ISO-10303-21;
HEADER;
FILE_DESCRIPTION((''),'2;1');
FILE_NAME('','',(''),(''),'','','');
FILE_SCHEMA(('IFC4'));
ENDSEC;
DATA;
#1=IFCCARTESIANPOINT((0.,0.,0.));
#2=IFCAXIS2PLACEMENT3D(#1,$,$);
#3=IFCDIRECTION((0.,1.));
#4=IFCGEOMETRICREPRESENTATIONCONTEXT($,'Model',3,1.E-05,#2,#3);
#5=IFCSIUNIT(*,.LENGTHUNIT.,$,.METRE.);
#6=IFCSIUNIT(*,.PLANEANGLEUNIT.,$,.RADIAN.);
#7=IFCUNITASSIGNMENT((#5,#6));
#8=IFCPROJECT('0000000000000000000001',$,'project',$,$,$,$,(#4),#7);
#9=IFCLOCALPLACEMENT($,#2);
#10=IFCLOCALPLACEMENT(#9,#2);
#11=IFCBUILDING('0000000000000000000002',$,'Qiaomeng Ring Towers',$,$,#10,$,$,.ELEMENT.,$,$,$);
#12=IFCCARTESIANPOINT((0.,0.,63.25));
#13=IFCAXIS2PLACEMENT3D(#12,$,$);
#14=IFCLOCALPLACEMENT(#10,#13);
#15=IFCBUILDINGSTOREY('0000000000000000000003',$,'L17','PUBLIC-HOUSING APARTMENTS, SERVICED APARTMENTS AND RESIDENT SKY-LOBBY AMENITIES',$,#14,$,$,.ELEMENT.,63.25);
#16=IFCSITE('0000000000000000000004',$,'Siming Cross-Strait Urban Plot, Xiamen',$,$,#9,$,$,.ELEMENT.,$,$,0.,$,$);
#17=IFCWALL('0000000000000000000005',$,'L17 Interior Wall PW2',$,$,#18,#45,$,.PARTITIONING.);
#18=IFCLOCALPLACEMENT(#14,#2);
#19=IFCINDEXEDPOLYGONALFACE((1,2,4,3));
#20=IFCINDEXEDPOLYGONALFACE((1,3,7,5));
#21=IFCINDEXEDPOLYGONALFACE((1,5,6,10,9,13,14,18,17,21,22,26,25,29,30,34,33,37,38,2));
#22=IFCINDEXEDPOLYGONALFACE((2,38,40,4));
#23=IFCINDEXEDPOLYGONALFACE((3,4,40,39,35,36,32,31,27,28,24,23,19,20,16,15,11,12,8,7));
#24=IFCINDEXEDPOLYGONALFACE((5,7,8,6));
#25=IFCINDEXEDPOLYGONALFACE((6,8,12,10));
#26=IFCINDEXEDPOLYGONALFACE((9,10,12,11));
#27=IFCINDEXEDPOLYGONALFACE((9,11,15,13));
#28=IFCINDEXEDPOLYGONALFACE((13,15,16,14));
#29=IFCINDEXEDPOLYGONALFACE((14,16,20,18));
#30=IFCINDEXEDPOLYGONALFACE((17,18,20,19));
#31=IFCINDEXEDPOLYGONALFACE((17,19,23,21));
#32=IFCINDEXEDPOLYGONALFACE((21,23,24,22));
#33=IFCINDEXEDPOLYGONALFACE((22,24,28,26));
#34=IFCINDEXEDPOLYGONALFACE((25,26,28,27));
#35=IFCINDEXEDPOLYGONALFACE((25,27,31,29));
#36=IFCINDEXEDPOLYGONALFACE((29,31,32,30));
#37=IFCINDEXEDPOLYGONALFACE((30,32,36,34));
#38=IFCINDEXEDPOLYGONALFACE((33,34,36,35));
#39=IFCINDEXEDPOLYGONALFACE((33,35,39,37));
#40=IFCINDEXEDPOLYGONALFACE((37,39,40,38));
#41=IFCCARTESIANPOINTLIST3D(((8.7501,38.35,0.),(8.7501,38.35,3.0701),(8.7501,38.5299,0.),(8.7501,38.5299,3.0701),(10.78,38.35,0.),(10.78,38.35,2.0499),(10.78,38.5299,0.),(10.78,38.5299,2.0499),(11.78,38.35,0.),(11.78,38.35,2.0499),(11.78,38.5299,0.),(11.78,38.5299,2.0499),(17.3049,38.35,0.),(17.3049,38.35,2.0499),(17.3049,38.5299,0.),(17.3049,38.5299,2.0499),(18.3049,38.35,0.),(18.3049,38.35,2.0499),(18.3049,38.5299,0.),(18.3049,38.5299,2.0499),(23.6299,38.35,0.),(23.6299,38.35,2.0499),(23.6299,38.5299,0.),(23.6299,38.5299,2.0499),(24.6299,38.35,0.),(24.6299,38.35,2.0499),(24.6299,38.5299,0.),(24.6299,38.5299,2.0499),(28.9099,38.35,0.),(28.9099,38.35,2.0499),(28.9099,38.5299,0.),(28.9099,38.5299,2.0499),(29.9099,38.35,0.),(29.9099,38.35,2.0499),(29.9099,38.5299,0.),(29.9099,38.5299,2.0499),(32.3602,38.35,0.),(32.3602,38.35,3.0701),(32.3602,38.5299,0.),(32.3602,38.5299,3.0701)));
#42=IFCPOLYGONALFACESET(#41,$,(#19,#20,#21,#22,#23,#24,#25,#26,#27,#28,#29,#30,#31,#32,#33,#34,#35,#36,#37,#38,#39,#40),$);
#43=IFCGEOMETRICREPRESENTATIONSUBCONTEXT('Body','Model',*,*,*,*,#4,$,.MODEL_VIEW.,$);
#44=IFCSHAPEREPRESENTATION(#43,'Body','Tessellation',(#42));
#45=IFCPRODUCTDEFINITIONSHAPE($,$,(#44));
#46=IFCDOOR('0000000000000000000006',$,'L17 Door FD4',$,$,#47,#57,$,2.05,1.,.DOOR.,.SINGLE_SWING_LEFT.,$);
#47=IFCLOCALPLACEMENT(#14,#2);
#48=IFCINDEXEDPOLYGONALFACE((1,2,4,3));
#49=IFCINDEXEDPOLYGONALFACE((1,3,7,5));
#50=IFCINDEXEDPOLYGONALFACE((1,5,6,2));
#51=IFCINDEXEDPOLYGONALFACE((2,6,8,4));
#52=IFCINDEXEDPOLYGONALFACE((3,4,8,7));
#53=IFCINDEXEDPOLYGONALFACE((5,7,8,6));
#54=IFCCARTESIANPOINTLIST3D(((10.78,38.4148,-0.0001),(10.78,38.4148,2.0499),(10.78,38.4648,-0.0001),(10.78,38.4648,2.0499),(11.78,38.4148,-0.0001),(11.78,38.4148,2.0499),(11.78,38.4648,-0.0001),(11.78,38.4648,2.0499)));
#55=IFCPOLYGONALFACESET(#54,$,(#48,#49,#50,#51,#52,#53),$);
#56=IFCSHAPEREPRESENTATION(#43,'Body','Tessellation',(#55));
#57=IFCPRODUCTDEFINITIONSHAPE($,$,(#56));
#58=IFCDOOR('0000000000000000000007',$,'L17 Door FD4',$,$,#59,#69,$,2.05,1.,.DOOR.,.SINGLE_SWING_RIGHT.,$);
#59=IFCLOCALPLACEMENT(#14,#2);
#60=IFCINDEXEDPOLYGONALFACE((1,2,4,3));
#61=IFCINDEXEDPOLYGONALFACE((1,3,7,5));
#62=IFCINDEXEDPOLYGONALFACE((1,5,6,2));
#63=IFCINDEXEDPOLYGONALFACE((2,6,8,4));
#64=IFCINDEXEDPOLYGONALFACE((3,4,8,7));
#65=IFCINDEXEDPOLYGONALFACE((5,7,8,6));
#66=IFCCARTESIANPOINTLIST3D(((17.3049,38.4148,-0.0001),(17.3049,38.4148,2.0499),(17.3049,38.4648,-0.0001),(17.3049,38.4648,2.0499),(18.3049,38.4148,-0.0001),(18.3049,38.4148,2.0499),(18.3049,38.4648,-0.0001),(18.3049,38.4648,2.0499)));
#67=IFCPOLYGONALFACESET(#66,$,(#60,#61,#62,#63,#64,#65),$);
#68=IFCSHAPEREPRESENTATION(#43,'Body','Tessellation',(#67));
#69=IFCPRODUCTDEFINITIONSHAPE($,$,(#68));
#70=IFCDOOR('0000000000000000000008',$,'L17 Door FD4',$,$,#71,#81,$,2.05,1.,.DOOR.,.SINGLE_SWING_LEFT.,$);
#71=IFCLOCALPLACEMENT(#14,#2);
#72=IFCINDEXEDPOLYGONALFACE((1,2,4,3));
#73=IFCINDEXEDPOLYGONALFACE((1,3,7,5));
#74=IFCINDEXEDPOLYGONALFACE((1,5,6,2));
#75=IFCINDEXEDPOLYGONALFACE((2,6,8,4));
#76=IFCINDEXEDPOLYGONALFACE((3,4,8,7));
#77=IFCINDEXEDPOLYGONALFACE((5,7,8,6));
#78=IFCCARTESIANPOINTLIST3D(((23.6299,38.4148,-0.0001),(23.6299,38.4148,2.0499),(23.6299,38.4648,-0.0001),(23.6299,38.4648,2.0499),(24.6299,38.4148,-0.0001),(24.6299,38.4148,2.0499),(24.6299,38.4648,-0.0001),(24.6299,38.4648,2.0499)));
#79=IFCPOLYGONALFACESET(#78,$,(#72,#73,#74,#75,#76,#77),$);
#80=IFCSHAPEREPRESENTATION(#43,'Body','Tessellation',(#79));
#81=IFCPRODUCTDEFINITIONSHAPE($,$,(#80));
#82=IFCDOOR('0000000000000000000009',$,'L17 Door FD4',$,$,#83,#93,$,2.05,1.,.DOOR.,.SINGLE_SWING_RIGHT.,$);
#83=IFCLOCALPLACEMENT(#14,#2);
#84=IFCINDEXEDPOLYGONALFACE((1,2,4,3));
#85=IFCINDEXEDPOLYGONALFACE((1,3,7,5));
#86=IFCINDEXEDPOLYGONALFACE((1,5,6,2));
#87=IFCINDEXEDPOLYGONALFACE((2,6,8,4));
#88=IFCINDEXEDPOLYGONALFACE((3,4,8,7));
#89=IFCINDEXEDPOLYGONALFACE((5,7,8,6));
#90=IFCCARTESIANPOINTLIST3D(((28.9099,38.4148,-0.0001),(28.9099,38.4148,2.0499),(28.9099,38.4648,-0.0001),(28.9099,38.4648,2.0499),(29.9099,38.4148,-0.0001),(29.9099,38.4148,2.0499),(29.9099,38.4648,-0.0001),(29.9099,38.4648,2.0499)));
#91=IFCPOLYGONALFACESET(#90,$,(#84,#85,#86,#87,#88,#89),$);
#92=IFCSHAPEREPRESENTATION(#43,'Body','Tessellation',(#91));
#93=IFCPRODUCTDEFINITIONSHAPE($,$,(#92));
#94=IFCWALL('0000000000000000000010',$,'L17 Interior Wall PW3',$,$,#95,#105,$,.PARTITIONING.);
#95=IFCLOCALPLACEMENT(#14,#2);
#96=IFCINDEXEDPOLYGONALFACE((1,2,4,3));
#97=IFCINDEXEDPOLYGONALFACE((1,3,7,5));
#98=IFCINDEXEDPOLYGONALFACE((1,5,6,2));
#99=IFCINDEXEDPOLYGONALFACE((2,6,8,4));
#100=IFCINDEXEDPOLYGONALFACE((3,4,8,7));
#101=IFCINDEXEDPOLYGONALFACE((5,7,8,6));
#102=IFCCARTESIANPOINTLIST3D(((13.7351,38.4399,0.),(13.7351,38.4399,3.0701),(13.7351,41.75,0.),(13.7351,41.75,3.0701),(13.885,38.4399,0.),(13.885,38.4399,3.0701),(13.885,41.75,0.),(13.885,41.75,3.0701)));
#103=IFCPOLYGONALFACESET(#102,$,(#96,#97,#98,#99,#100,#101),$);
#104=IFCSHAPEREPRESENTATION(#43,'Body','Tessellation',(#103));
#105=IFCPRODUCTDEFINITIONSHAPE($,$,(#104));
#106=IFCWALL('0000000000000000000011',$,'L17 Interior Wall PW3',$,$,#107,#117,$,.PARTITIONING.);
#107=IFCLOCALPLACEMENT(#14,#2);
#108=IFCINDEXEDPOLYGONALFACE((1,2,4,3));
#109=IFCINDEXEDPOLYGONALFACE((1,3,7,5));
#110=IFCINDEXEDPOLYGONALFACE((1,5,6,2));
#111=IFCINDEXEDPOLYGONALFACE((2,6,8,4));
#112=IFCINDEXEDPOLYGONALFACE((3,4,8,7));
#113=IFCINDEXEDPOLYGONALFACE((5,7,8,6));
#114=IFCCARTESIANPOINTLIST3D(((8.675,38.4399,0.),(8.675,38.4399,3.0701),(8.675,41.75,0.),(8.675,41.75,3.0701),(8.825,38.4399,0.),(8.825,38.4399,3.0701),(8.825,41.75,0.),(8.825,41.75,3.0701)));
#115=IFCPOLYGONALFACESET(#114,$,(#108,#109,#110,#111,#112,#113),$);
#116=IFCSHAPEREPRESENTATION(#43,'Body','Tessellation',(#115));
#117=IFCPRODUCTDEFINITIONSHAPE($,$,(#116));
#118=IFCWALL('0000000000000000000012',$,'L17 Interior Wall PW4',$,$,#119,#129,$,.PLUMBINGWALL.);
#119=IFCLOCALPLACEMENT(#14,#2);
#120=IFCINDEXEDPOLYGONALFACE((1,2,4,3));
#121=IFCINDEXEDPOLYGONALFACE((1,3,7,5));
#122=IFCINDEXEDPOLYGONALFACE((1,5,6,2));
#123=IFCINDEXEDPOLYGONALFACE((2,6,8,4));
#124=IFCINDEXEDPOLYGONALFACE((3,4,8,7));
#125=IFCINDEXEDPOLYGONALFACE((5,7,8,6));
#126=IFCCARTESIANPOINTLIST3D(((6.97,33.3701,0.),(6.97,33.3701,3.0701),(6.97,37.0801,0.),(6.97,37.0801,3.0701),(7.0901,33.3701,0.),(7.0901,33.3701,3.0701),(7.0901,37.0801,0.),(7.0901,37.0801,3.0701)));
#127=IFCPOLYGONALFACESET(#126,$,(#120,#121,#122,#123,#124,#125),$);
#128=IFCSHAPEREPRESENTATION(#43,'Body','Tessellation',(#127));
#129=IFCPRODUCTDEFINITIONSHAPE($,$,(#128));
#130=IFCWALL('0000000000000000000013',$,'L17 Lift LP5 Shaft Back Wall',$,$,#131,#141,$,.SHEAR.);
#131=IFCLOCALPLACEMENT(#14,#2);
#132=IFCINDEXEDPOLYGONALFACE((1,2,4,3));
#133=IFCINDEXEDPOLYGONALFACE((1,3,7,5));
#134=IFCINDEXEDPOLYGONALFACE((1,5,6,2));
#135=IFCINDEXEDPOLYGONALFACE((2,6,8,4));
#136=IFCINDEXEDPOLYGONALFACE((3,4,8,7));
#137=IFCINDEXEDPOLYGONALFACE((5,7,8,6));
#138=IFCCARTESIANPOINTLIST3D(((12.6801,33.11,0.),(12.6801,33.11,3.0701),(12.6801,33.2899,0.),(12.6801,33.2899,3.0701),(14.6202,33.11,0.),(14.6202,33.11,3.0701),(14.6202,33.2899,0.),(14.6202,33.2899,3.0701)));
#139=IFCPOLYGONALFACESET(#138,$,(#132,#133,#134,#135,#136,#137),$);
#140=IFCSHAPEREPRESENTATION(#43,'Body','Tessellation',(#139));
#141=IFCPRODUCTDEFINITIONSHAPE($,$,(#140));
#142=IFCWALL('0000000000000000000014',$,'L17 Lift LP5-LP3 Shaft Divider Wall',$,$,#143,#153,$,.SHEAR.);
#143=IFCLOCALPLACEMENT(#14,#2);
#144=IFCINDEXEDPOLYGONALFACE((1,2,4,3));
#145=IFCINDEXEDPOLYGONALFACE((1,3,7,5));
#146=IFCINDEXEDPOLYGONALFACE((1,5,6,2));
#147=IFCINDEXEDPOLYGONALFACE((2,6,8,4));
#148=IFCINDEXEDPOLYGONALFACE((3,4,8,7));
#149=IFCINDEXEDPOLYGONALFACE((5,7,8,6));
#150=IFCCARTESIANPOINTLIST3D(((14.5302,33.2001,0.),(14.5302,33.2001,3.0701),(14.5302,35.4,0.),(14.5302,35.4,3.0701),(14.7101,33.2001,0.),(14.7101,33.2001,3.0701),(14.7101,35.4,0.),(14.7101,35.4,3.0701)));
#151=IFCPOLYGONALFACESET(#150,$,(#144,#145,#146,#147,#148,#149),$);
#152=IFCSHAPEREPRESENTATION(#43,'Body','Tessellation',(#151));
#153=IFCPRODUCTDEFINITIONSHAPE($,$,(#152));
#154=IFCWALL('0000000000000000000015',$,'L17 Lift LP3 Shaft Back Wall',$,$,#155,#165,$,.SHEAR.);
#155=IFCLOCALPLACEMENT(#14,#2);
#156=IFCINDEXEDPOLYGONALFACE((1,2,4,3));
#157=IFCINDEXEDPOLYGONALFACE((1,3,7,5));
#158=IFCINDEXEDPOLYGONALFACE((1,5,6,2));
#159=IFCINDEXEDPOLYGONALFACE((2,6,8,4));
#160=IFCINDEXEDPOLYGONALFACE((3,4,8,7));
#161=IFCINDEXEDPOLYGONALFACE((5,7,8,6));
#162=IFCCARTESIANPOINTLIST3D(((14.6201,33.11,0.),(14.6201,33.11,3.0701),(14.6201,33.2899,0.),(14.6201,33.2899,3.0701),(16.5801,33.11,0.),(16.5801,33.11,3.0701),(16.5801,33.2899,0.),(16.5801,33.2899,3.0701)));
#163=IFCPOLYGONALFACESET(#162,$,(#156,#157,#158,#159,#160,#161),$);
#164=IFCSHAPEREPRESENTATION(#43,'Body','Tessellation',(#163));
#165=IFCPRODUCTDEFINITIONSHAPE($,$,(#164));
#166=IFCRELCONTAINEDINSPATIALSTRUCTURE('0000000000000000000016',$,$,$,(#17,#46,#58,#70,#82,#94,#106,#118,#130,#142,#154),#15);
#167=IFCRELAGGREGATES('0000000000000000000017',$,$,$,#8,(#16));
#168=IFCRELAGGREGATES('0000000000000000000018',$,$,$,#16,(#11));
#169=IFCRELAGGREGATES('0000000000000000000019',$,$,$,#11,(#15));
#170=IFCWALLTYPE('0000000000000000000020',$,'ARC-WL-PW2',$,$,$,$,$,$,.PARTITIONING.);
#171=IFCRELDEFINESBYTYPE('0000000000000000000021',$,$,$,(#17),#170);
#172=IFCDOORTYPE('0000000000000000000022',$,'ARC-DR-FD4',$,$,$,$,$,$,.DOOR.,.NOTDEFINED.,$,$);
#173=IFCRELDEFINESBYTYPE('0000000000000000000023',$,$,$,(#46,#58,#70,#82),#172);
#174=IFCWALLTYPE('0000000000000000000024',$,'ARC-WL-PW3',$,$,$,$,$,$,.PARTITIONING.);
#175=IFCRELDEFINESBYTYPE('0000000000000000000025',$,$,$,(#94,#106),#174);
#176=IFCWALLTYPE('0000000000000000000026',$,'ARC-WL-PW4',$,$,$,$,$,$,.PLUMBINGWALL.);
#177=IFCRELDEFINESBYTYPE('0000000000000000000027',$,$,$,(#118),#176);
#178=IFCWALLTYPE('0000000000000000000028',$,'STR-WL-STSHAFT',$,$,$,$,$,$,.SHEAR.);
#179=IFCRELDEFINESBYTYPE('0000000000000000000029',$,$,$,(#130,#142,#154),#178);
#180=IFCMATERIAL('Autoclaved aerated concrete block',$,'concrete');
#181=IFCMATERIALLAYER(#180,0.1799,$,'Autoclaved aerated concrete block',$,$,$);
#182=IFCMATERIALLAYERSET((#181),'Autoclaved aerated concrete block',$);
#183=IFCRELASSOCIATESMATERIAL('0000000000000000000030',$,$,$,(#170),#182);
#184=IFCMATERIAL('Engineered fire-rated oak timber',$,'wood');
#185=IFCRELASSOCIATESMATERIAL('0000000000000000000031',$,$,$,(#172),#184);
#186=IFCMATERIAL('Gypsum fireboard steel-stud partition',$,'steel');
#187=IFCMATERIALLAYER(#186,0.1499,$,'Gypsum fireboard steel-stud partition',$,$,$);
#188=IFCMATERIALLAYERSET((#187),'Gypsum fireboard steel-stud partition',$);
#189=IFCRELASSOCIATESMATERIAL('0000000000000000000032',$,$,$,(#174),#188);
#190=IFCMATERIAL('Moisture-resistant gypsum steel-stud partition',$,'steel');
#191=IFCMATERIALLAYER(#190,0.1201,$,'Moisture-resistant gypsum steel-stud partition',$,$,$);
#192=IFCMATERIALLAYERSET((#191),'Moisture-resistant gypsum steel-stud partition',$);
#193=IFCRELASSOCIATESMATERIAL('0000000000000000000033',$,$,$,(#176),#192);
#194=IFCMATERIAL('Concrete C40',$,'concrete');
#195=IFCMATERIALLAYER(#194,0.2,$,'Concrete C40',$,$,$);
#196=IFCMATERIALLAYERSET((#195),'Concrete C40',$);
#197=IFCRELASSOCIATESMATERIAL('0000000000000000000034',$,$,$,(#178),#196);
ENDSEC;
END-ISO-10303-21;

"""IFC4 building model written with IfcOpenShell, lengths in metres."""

from ifc_helpers import new_model, si_unit, direction, frame, frame_2d, origin, place, context, subcontext, project, spatial, rectangle, extrude, source, transform, mapped, material, layer, layer_set, type_object, element, fill, save


model = new_model("IFC4")

# Units and contexts
model_context = context("Model", 3, precision=1e-05, world=origin(), true_north=direction((0.0, 1.0)))
body_context = subcontext(model_context, "Body", "Model", "MODEL_VIEW")
ifc_project = project(units=[si_unit("LENGTHUNIT", "METRE"), si_unit("PLANEANGLEUNIT", "RADIAN")], contexts=[model_context])

# Site, building, storey
site_placement = place(None, origin())
site = spatial("IfcSite", under=ifc_project, at=site_placement, Name="Siming Cross-Strait Urban Plot, Xiamen", CompositionType="ELEMENT", RefElevation=0.0)
building_placement = place(site_placement, origin())
building = spatial("IfcBuilding", under=site, at=building_placement, Name="Qiaomeng Ring Towers", CompositionType="ELEMENT")
storey_placement = place(building_placement, frame((0.0, 0.0, 63.25)))
storey = spatial("IfcBuildingStorey", under=building, at=storey_placement, Name="L17", Description="PUBLIC-HOUSING APARTMENTS, SERVICED APARTMENTS AND RESIDENT SKY-LOBBY AMENITIES", CompositionType="ELEMENT", Elevation=63.25)

# Shared definitions
ifc_material_1 = material(Name="Autoclaved aerated concrete block", Category="concrete")

# Wall, openings, doors
ifc_layer_1 = layer(ifc_material_1, 0.1799, Name="Autoclaved aerated concrete block")
ifc_layer_set_1 = layer_set([ifc_layer_1], Name="Autoclaved aerated concrete block")
wall_type_1 = type_object("IfcWallType", Name="ARC-WL-PW2", PredefinedType="PARTITIONING", material=ifc_layer_set_1)
wall_1_placement = place(storey_placement, frame((8.75, 38.4399, 0.0), z_axis=(0.0, 0.0, 1.0), x_axis=(1.0, 0.0, 0.0)))
wall_1 = element("IfcWall", 1, at=wall_1_placement, inside=storey, type_object=wall_type_1, Name="L17 Interior Wall PW2", PredefinedType="PARTITIONING", context=body_context, shape_type="SweptSolid", body=[
    extrude(rectangle(XDim=23.6101, YDim=0.1799, at=frame_2d((11.8052, 0.0))), origin(), (0.0, 0.0, 1.0), 3.0701),
])
opening_1_placement = place(wall_1_placement, frame((2.03, 0.0, 0.0)))
opening_1 = element("IfcOpeningElement", 2, at=opening_1_placement, cuts=wall_1, PredefinedType="OPENING", context=body_context, shape_type="SweptSolid", body=[
    extrude(rectangle(XDim=1.0, YDim=2.05, at=frame_2d((0.5, 1.0249))), frame((0.0, 0.0999, 0.0), z_axis=(0.0, -1.0, 0.0), x_axis=(1.0, 0.0, 0.0)), (0.0, 0.0, 1.0), 0.2),
])
opening_2_placement = place(wall_1_placement, frame((8.5549, 0.0, 0.0)))
opening_2 = element("IfcOpeningElement", 3, at=opening_2_placement, cuts=wall_1, PredefinedType="OPENING", context=body_context, shape_type="SweptSolid", body=[
    extrude(rectangle(XDim=1.0, YDim=2.05, at=frame_2d((0.5, 1.0249))), frame((0.0, 0.0999, 0.0), z_axis=(0.0, -1.0, 0.0), x_axis=(1.0, 0.0, 0.0)), (0.0, 0.0, 1.0), 0.2),
])
opening_3_placement = place(wall_1_placement, frame((14.8799, 0.0, 0.0)))
opening_3 = element("IfcOpeningElement", 4, at=opening_3_placement, cuts=wall_1, PredefinedType="OPENING", context=body_context, shape_type="SweptSolid", body=[
    extrude(rectangle(XDim=1.0, YDim=2.05, at=frame_2d((0.5, 1.0249))), frame((0.0, 0.0999, 0.0), z_axis=(0.0, -1.0, 0.0), x_axis=(1.0, 0.0, 0.0)), (0.0, 0.0, 1.0), 0.2),
])
opening_4_placement = place(wall_1_placement, frame((20.1599, 0.0, 0.0)))
opening_4 = element("IfcOpeningElement", 5, at=opening_4_placement, cuts=wall_1, PredefinedType="OPENING", context=body_context, shape_type="SweptSolid", body=[
    extrude(rectangle(XDim=1.0, YDim=2.05, at=frame_2d((0.5, 1.0249))), frame((0.0, 0.0999, 0.0), z_axis=(0.0, -1.0, 0.0), x_axis=(1.0, 0.0, 0.0)), (0.0, 0.0, 1.0), 0.2),
])
ifc_material_2 = material(Name="Engineered fire-rated oak timber", Category="wood")
door_type_1 = type_object("IfcDoorType", Name="ARC-DR-FD4", OperationType="NOTDEFINED", PredefinedType="DOOR", material=ifc_material_2)
shared_shape_1 = source(origin(), body_context, "Body", "SweptSolid", [
    extrude(rectangle(XDim=1.0, YDim=2.05, at=frame_2d((0.5, 1.0249))), frame((0.0, 0.0249, 0.0), z_axis=(0.0, -1.0, 0.0), x_axis=(1.0, 0.0, 0.0)), (0.0, 0.0, 1.0), 0.05),
])
door_1_placement = place(opening_1_placement, origin())
door_1 = element("IfcDoor", 6, at=door_1_placement, inside=storey, type_object=door_type_1, Name="L17 Door FD4", OperationType="SINGLE_SWING_LEFT", OverallHeight=2.05, OverallWidth=1.0, PredefinedType="DOOR", context=body_context, shape_type="MappedRepresentation", body=[
    mapped(shared_shape_1, transform((0.0, 0.0, 0.0), x_axis=(1.0, 0.0, 0.0), y_axis=(0.0, 1.0, 0.0), z_axis=(0.0, 0.0, 1.0), scale=1.0)),
])
fill(opening_1, door_1)
door_2_placement = place(opening_2_placement, origin())
door_2 = element("IfcDoor", 7, at=door_2_placement, inside=storey, type_object=door_type_1, Name="L17 Door FD4", OperationType="SINGLE_SWING_RIGHT", OverallHeight=2.05, OverallWidth=1.0, PredefinedType="DOOR", context=body_context, shape_type="MappedRepresentation", body=[
    mapped(shared_shape_1, transform((0.0, 0.0, 0.0), x_axis=(1.0, 0.0, 0.0), y_axis=(0.0, 1.0, 0.0), z_axis=(0.0, 0.0, 1.0), scale=1.0)),
])
fill(opening_2, door_2)
door_3_placement = place(opening_3_placement, origin())
door_3 = element("IfcDoor", 8, at=door_3_placement, inside=storey, type_object=door_type_1, Name="L17 Door FD4", OperationType="SINGLE_SWING_LEFT", OverallHeight=2.05, OverallWidth=1.0, PredefinedType="DOOR", context=body_context, shape_type="MappedRepresentation", body=[
    mapped(shared_shape_1, transform((0.0, 0.0, 0.0), x_axis=(1.0, 0.0, 0.0), y_axis=(0.0, 1.0, 0.0), z_axis=(0.0, 0.0, 1.0), scale=1.0)),
])
fill(opening_3, door_3)
door_4_placement = place(opening_4_placement, origin())
door_4 = element("IfcDoor", 9, at=door_4_placement, inside=storey, type_object=door_type_1, Name="L17 Door FD4", OperationType="SINGLE_SWING_RIGHT", OverallHeight=2.05, OverallWidth=1.0, PredefinedType="DOOR", context=body_context, shape_type="MappedRepresentation", body=[
    mapped(shared_shape_1, transform((0.0, 0.0, 0.0), x_axis=(1.0, 0.0, 0.0), y_axis=(0.0, 1.0, 0.0), z_axis=(0.0, 0.0, 1.0), scale=1.0)),
])
fill(opening_4, door_4)

# Walls
ifc_material_3 = material(Name="Gypsum fireboard steel-stud partition", Category="steel")
ifc_layer_2 = layer(ifc_material_3, 0.1499, Name="Gypsum fireboard steel-stud partition")
ifc_layer_set_2 = layer_set([ifc_layer_2], Name="Gypsum fireboard steel-stud partition")
wall_type_2 = type_object("IfcWallType", Name="ARC-WL-PW3", PredefinedType="PARTITIONING", material=ifc_layer_set_2)
for number, where, z_axis, x_axis, name in (
    (10, (13.8101, 38.4399, 0.0), (0.0, 0.0, 1.0), (0.0, 1.0, 0.0), "L17 Interior Wall PW3"),
    (11, (8.75, 38.4399, 0.0), (0.0, 0.0, 1.0), (0.0, 1.0, 0.0), "L17 Interior Wall PW3"),
):
    element("IfcWall", number, at=place(storey_placement, frame(where, z_axis=z_axis, x_axis=x_axis)), inside=storey, type_object=wall_type_2, Name=name, PredefinedType="PARTITIONING", context=body_context, shape_type="SweptSolid", body=[
        extrude(rectangle(XDim=3.3101, YDim=0.1499, at=frame_2d((1.655, 0.0))), origin(), (0.0, 0.0, 1.0), 3.0701),
    ])
ifc_material_4 = material(Name="Moisture-resistant gypsum steel-stud partition", Category="steel")
ifc_layer_3 = layer(ifc_material_4, 0.1201, Name="Moisture-resistant gypsum steel-stud partition")
ifc_layer_set_3 = layer_set([ifc_layer_3], Name="Moisture-resistant gypsum steel-stud partition")
wall_type_3 = type_object("IfcWallType", Name="ARC-WL-PW4", PredefinedType="PLUMBINGWALL", material=ifc_layer_set_3)
wall_2_placement = place(storey_placement, frame((7.03, 33.3701, 0.0), z_axis=(0.0, 0.0, 1.0), x_axis=(0.0, 1.0, 0.0)))
element("IfcWall", 12, at=wall_2_placement, inside=storey, type_object=wall_type_3, Name="L17 Interior Wall PW4", PredefinedType="PLUMBINGWALL", context=body_context, shape_type="SweptSolid", body=[
    extrude(rectangle(XDim=3.71, YDim=0.1201, at=frame_2d((1.855, 0.0))), origin(), (0.0, 0.0, 1.0), 3.0701),
])
ifc_material_5 = material(Name="Concrete C40", Category="concrete")
ifc_layer_4 = layer(ifc_material_5, 0.2, Name="Concrete C40")
ifc_layer_set_4 = layer_set([ifc_layer_4], Name="Concrete C40")
wall_type_4 = type_object("IfcWallType", Name="STR-WL-STSHAFT", PredefinedType="SHEAR", material=ifc_layer_set_4)
wall_3_placement = place(storey_placement, frame((12.6799, 33.2, 0.0), z_axis=(0.0, 0.0, 1.0), x_axis=(1.0, 0.0, 0.0)))
element("IfcWall", 13, at=wall_3_placement, inside=storey, type_object=wall_type_4, Name="L17 Lift LP5 Shaft Back Wall", PredefinedType="SHEAR", context=body_context, shape_type="SweptSolid", body=[
    extrude(rectangle(XDim=1.9402, YDim=0.1799, at=frame_2d((0.9702, 0.0))), origin(), (0.0, 0.0, 1.0), 3.0701),
])
wall_4_placement = place(storey_placement, frame((14.6201, 33.2, 0.0), z_axis=(0.0, 0.0, 1.0), x_axis=(0.0, 1.0, 0.0)))
element("IfcWall", 14, at=wall_4_placement, inside=storey, type_object=wall_type_4, Name="L17 Lift LP5-LP3 Shaft Divider Wall", PredefinedType="SHEAR", context=body_context, shape_type="SweptSolid", body=[
    extrude(rectangle(XDim=2.2, YDim=0.1799, at=frame_2d((1.1001, 0.0))), origin(), (0.0, 0.0, 1.0), 3.0701),
])
wall_5_placement = place(storey_placement, frame((14.6201, 33.2, 0.0), z_axis=(0.0, 0.0, 1.0), x_axis=(1.0, 0.0, 0.0)))
element("IfcWall", 15, at=wall_5_placement, inside=storey, type_object=wall_type_4, Name="L17 Lift LP3 Shaft Back Wall", PredefinedType="SHEAR", context=body_context, shape_type="SweptSolid", body=[
    extrude(rectangle(XDim=1.96, YDim=0.1799, at=frame_2d((0.98, 0.0))), origin(), (0.0, 0.0, 1.0), 3.0701),
])

save(model, "model.ifc")
